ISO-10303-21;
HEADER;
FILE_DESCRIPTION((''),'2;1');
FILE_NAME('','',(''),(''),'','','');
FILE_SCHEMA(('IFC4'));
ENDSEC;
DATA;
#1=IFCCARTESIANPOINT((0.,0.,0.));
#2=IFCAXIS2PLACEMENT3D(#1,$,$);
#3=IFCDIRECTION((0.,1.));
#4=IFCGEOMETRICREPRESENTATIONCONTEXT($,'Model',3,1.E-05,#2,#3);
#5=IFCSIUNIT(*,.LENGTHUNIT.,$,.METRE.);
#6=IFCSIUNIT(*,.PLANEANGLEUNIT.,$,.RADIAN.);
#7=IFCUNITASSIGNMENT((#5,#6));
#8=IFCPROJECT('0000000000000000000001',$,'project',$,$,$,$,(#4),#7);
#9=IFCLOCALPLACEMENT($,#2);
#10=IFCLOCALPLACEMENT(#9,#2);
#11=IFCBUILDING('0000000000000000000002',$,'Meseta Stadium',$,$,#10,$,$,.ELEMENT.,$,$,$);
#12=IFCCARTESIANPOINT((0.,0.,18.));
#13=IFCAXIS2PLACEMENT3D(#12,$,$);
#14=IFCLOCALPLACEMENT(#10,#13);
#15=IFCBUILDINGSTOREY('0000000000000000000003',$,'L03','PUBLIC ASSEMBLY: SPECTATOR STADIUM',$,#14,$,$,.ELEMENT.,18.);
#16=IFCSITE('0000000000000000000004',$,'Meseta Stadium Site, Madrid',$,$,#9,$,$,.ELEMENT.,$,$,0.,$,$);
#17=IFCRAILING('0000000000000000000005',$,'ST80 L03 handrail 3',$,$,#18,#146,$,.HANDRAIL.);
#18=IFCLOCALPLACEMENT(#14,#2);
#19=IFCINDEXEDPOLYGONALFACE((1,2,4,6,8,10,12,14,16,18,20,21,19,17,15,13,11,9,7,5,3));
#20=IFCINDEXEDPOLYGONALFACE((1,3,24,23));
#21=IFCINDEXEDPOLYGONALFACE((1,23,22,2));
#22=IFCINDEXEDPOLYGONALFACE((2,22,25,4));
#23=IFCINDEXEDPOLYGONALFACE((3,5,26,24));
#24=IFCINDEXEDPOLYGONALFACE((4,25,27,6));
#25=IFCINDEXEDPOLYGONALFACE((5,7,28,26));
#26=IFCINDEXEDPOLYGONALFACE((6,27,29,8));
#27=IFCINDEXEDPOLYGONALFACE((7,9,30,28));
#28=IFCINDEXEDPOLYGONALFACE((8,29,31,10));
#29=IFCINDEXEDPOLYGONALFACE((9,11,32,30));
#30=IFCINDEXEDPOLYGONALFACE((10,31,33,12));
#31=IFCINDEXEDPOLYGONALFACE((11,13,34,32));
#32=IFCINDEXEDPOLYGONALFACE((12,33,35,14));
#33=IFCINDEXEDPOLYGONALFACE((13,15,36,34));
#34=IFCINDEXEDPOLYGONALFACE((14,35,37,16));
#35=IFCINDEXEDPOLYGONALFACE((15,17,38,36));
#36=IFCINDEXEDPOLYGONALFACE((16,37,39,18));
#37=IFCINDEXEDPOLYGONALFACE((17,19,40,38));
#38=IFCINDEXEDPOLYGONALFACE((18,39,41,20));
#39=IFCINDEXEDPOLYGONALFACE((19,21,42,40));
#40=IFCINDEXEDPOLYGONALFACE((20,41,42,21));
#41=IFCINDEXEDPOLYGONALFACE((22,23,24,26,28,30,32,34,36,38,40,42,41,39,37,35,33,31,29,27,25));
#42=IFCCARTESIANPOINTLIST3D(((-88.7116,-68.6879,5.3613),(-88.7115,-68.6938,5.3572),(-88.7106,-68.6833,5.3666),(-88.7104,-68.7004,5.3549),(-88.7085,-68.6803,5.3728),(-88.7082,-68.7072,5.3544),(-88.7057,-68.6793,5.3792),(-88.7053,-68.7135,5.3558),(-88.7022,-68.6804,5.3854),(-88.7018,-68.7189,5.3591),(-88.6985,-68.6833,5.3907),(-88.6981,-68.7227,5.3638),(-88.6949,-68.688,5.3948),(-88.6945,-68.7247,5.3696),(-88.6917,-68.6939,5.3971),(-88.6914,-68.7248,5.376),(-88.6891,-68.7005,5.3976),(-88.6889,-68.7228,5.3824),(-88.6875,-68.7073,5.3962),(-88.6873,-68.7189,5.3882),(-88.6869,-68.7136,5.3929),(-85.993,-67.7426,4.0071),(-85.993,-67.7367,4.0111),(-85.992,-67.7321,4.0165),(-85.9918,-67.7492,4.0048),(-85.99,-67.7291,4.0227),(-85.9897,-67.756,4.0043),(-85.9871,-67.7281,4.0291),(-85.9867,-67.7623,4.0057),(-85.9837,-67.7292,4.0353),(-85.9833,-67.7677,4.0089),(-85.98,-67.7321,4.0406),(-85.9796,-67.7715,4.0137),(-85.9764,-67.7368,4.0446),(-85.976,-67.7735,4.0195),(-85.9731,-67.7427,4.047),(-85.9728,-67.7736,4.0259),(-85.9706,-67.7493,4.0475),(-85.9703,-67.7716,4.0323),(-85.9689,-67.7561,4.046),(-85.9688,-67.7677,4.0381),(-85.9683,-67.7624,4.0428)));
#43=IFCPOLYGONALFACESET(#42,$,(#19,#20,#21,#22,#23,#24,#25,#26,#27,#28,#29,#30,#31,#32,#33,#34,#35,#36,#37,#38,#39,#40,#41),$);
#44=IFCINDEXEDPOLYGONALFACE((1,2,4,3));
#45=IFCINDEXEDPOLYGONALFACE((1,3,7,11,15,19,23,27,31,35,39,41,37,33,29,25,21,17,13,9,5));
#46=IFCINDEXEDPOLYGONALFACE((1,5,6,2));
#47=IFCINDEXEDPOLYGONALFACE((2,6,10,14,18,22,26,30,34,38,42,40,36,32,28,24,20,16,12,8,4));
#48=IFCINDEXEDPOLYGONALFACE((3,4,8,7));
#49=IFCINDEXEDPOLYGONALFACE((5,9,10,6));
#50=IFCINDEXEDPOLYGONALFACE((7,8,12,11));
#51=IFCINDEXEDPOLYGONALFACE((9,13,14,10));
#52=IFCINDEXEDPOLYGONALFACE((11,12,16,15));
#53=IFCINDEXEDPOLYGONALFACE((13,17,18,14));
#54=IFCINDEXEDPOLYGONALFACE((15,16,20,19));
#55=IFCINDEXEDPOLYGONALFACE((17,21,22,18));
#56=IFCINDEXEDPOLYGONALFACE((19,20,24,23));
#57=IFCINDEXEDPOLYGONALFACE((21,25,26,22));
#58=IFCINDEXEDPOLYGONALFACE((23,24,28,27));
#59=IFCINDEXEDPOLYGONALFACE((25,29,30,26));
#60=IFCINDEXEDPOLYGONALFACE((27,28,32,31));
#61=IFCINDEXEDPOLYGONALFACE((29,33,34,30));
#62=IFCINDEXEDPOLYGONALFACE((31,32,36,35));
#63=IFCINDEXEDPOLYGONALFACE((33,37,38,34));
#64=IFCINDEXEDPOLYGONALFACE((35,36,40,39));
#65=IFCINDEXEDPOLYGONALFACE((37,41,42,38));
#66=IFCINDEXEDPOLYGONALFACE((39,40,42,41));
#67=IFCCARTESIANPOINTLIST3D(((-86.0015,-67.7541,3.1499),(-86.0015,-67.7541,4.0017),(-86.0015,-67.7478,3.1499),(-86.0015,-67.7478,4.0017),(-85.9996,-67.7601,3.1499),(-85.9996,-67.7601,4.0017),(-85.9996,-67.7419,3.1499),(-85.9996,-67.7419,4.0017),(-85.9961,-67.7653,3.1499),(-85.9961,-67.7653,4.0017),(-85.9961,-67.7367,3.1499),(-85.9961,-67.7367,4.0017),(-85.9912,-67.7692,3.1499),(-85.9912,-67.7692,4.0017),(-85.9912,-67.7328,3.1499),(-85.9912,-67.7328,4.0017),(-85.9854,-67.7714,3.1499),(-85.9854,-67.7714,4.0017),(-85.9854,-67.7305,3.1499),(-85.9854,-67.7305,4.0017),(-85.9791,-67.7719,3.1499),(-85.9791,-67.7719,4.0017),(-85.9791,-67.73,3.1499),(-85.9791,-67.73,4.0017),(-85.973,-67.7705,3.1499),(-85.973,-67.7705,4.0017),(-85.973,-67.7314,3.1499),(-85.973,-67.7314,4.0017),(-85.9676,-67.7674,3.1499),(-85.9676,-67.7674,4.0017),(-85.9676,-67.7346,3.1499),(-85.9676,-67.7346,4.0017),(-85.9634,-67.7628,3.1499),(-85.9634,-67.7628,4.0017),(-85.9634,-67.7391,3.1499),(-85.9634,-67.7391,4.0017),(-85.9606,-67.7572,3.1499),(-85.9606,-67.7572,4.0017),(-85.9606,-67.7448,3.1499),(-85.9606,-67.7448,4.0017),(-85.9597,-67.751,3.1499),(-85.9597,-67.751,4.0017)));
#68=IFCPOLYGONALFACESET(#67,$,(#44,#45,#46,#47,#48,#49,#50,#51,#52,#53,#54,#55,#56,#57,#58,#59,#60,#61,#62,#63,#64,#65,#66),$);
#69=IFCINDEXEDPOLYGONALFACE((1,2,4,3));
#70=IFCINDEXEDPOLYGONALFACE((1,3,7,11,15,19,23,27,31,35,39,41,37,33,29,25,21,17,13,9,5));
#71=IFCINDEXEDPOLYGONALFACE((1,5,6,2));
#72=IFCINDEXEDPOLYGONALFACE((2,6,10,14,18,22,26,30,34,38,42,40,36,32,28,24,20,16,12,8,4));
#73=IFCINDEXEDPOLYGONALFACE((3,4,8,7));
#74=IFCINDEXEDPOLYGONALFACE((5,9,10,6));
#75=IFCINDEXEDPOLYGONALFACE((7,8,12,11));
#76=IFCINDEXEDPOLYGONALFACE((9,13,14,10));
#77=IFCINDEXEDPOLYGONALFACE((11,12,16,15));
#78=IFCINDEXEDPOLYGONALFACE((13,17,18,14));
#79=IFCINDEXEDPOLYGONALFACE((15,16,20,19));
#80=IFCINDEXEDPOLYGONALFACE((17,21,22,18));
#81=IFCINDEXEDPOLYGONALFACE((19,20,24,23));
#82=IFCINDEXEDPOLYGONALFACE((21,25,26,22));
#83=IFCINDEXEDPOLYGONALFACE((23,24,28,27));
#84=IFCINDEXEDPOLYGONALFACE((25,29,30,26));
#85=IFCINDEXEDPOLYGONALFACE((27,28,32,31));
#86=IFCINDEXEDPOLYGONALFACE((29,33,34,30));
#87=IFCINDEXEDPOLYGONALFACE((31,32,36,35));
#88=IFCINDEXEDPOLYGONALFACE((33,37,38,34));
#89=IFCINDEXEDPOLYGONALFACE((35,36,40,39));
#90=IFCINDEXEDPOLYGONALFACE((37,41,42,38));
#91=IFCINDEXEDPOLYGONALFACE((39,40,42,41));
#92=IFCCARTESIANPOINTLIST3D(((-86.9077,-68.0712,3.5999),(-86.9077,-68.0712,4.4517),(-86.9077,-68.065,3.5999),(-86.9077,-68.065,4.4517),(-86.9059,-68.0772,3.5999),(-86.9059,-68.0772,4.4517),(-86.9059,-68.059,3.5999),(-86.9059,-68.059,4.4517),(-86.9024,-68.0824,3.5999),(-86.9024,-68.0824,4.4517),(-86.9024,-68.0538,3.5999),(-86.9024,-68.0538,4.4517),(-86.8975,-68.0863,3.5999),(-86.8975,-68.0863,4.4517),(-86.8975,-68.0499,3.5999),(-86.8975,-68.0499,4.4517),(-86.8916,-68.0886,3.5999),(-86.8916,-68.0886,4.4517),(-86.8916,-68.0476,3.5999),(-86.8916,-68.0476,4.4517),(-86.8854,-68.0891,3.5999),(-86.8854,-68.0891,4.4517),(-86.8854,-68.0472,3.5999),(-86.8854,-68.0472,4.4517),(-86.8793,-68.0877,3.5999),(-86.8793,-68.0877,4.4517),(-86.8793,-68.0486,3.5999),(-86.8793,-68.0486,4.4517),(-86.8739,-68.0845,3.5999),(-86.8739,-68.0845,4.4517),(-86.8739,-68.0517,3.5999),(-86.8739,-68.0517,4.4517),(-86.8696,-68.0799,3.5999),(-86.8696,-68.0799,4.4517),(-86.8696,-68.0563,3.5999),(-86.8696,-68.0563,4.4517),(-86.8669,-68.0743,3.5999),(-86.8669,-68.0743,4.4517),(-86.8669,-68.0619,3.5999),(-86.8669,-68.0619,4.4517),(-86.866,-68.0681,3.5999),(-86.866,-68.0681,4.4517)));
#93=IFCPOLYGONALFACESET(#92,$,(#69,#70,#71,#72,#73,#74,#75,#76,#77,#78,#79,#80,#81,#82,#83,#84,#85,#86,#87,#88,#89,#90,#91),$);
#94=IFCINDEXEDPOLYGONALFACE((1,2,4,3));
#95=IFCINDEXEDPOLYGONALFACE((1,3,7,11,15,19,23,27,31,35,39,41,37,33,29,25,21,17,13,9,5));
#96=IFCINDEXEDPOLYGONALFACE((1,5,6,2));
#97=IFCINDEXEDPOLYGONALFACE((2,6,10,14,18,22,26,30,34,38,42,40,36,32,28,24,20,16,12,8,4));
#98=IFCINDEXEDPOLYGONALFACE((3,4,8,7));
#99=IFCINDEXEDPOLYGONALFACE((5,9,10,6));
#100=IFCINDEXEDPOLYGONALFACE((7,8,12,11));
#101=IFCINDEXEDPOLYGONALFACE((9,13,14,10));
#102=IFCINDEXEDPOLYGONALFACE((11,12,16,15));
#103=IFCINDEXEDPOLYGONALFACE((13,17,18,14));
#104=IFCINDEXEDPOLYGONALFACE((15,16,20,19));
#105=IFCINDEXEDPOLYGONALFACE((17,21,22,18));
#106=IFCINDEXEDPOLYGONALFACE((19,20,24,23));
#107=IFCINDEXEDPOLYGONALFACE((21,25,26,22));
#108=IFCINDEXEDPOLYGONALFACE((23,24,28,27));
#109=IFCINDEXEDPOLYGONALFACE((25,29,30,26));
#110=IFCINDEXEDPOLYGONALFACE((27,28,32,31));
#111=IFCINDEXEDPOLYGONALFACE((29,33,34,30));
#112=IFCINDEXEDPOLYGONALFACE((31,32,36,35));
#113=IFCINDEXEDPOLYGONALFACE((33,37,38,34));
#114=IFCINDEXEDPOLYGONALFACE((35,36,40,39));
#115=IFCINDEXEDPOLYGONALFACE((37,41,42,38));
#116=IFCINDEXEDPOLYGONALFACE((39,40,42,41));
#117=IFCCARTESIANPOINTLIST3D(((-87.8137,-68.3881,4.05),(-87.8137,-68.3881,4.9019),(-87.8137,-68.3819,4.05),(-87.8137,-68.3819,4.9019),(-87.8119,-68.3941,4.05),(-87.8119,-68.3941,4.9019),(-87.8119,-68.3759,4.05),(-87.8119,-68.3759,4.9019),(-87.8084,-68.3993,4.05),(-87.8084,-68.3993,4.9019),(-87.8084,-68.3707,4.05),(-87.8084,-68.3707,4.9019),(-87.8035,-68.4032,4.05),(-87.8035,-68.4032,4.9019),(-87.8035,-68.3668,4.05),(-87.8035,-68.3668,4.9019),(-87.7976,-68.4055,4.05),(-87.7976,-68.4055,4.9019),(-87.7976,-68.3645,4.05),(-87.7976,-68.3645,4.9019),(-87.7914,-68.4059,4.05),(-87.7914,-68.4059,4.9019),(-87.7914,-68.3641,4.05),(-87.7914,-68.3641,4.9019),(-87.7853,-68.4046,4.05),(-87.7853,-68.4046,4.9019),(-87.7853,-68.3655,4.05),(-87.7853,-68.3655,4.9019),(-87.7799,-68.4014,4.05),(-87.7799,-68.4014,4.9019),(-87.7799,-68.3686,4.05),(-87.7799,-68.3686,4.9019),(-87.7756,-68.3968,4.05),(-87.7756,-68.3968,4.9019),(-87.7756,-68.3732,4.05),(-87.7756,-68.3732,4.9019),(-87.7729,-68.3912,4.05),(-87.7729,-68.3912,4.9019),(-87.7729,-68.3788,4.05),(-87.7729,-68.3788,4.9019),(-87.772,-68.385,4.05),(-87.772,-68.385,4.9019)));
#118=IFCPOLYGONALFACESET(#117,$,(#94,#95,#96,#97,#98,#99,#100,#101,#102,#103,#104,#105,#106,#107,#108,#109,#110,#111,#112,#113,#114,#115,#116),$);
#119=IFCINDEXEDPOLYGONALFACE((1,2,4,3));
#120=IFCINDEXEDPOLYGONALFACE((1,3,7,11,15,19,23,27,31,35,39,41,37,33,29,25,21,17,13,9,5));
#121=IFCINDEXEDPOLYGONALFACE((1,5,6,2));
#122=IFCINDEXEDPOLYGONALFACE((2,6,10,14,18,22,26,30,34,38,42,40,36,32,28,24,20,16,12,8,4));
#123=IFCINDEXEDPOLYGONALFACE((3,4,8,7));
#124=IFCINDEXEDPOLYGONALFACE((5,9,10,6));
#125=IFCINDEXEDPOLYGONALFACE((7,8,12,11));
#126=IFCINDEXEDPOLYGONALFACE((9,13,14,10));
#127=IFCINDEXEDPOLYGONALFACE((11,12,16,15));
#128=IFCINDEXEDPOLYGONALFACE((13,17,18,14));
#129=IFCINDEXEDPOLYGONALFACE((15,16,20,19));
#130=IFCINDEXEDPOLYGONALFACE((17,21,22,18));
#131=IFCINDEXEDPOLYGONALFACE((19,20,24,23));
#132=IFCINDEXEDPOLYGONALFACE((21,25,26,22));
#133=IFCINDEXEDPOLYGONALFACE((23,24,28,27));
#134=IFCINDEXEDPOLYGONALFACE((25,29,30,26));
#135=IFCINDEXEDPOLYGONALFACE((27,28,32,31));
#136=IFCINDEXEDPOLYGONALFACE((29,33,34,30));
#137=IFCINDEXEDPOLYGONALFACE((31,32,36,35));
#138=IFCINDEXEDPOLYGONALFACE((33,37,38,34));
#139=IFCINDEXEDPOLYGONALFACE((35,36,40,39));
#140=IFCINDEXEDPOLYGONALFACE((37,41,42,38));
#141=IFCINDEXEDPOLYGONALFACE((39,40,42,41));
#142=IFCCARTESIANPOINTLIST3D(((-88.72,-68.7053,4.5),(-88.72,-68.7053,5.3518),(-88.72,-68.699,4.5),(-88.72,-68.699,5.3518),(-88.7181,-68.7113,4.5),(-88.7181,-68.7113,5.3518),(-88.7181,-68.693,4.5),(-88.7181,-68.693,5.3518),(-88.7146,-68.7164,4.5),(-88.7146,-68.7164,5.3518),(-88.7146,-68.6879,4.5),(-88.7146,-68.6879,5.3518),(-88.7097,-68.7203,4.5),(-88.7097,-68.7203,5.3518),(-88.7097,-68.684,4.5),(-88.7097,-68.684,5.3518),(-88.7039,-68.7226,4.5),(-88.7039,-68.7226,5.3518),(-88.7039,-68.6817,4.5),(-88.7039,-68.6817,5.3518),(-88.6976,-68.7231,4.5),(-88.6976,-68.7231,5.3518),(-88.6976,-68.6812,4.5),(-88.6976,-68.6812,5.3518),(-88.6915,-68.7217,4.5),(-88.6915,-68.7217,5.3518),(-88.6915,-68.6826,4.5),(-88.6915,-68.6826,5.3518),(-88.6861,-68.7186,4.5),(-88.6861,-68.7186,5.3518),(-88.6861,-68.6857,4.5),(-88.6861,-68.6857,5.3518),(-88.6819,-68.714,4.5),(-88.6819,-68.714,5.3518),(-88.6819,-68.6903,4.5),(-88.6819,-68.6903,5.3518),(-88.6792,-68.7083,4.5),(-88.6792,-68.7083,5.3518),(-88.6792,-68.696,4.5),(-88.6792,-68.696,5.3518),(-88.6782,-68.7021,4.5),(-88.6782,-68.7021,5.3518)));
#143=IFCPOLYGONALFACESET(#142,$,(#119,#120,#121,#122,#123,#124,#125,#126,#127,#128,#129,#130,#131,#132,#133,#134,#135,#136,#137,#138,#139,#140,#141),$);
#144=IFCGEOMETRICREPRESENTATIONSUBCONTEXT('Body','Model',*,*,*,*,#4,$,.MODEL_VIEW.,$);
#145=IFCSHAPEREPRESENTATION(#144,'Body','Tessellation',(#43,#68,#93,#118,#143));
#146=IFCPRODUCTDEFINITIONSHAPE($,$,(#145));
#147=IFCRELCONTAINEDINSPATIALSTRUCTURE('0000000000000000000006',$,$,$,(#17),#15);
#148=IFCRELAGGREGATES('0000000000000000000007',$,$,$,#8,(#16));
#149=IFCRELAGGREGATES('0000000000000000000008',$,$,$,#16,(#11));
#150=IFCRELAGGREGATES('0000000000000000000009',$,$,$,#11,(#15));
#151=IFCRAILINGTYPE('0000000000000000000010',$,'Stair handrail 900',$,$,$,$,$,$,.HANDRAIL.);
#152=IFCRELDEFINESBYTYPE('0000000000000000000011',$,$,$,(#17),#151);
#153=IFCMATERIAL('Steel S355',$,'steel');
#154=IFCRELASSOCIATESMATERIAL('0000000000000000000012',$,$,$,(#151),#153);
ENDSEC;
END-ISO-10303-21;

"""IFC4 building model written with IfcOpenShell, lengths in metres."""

from ifc_helpers import new_model, si_unit, direction, frame, origin, origin_2d, place, context, subcontext, project, spatial, circle, extrude, material, type_object, element, save


model = new_model("IFC4")

# Units and contexts
model_context = context("Model", 3, precision=1e-05, world=origin(), true_north=direction((0.0, 1.0)))
body_context = subcontext(model_context, "Body", "Model", "MODEL_VIEW")
ifc_project = project(units=[si_unit("LENGTHUNIT", "METRE"), si_unit("PLANEANGLEUNIT", "RADIAN")], contexts=[model_context])

# Site, building, storey
site_placement = place(None, origin())
site = spatial("IfcSite", under=ifc_project, at=site_placement, Name="Meseta Stadium Site, Madrid", CompositionType="ELEMENT", RefElevation=0.0)
building_placement = place(site_placement, origin())
building = spatial("IfcBuilding", under=site, at=building_placement, Name="Meseta Stadium", CompositionType="ELEMENT")
storey_placement = place(building_placement, frame((0.0, 0.0, 18.0)))
storey = spatial("IfcBuildingStorey", under=building, at=storey_placement, Name="L03", Description="PUBLIC ASSEMBLY: SPECTATOR STADIUM", CompositionType="ELEMENT", Elevation=18.0)

# Railing
ifc_material_1 = material(Name="Steel S355", Category="steel")
railing_type_1 = type_object("IfcRailingType", Name="Stair handrail 900", PredefinedType="HANDRAIL", material=ifc_material_1)
for number, where, name in (
    (1, (-85.9807, -67.751, 3.1499), "ST80 L03 handrail 3"),
):
    element("IfcRailing", number, at=place(storey_placement, frame(where)), inside=storey, type_object=railing_type_1, Name=name, PredefinedType="HANDRAIL", context=body_context, shape_type="SweptSolid", body=[
        extrude(circle(Radius=0.0239, at=origin_2d()), frame((0.0, 0.0, 0.876), z_axis=(-0.854649, -0.299031, 0.424446), x_axis=(0.330256, -0.943891, 0.0)), (0.0, 0.0, 1.0), 3.1809),
        extrude(circle(Radius=0.021, at=origin_2d()), origin(), (0.0, 0.0, 1.0), 0.8518),
        extrude(circle(Radius=0.021, at=origin_2d()), frame((-0.9062, -0.3171, 0.45)), (0.0, 0.0, 1.0), 0.8518),
        extrude(circle(Radius=0.021, at=origin_2d()), frame((-1.8123, -0.634, 0.9001)), (0.0, 0.0, 1.0), 0.8518),
        extrude(circle(Radius=0.021, at=origin_2d()), frame((-2.7185, -0.9512, 1.3501)), (0.0, 0.0, 1.0), 0.8518),
    ])

save(model, "model.ifc")
